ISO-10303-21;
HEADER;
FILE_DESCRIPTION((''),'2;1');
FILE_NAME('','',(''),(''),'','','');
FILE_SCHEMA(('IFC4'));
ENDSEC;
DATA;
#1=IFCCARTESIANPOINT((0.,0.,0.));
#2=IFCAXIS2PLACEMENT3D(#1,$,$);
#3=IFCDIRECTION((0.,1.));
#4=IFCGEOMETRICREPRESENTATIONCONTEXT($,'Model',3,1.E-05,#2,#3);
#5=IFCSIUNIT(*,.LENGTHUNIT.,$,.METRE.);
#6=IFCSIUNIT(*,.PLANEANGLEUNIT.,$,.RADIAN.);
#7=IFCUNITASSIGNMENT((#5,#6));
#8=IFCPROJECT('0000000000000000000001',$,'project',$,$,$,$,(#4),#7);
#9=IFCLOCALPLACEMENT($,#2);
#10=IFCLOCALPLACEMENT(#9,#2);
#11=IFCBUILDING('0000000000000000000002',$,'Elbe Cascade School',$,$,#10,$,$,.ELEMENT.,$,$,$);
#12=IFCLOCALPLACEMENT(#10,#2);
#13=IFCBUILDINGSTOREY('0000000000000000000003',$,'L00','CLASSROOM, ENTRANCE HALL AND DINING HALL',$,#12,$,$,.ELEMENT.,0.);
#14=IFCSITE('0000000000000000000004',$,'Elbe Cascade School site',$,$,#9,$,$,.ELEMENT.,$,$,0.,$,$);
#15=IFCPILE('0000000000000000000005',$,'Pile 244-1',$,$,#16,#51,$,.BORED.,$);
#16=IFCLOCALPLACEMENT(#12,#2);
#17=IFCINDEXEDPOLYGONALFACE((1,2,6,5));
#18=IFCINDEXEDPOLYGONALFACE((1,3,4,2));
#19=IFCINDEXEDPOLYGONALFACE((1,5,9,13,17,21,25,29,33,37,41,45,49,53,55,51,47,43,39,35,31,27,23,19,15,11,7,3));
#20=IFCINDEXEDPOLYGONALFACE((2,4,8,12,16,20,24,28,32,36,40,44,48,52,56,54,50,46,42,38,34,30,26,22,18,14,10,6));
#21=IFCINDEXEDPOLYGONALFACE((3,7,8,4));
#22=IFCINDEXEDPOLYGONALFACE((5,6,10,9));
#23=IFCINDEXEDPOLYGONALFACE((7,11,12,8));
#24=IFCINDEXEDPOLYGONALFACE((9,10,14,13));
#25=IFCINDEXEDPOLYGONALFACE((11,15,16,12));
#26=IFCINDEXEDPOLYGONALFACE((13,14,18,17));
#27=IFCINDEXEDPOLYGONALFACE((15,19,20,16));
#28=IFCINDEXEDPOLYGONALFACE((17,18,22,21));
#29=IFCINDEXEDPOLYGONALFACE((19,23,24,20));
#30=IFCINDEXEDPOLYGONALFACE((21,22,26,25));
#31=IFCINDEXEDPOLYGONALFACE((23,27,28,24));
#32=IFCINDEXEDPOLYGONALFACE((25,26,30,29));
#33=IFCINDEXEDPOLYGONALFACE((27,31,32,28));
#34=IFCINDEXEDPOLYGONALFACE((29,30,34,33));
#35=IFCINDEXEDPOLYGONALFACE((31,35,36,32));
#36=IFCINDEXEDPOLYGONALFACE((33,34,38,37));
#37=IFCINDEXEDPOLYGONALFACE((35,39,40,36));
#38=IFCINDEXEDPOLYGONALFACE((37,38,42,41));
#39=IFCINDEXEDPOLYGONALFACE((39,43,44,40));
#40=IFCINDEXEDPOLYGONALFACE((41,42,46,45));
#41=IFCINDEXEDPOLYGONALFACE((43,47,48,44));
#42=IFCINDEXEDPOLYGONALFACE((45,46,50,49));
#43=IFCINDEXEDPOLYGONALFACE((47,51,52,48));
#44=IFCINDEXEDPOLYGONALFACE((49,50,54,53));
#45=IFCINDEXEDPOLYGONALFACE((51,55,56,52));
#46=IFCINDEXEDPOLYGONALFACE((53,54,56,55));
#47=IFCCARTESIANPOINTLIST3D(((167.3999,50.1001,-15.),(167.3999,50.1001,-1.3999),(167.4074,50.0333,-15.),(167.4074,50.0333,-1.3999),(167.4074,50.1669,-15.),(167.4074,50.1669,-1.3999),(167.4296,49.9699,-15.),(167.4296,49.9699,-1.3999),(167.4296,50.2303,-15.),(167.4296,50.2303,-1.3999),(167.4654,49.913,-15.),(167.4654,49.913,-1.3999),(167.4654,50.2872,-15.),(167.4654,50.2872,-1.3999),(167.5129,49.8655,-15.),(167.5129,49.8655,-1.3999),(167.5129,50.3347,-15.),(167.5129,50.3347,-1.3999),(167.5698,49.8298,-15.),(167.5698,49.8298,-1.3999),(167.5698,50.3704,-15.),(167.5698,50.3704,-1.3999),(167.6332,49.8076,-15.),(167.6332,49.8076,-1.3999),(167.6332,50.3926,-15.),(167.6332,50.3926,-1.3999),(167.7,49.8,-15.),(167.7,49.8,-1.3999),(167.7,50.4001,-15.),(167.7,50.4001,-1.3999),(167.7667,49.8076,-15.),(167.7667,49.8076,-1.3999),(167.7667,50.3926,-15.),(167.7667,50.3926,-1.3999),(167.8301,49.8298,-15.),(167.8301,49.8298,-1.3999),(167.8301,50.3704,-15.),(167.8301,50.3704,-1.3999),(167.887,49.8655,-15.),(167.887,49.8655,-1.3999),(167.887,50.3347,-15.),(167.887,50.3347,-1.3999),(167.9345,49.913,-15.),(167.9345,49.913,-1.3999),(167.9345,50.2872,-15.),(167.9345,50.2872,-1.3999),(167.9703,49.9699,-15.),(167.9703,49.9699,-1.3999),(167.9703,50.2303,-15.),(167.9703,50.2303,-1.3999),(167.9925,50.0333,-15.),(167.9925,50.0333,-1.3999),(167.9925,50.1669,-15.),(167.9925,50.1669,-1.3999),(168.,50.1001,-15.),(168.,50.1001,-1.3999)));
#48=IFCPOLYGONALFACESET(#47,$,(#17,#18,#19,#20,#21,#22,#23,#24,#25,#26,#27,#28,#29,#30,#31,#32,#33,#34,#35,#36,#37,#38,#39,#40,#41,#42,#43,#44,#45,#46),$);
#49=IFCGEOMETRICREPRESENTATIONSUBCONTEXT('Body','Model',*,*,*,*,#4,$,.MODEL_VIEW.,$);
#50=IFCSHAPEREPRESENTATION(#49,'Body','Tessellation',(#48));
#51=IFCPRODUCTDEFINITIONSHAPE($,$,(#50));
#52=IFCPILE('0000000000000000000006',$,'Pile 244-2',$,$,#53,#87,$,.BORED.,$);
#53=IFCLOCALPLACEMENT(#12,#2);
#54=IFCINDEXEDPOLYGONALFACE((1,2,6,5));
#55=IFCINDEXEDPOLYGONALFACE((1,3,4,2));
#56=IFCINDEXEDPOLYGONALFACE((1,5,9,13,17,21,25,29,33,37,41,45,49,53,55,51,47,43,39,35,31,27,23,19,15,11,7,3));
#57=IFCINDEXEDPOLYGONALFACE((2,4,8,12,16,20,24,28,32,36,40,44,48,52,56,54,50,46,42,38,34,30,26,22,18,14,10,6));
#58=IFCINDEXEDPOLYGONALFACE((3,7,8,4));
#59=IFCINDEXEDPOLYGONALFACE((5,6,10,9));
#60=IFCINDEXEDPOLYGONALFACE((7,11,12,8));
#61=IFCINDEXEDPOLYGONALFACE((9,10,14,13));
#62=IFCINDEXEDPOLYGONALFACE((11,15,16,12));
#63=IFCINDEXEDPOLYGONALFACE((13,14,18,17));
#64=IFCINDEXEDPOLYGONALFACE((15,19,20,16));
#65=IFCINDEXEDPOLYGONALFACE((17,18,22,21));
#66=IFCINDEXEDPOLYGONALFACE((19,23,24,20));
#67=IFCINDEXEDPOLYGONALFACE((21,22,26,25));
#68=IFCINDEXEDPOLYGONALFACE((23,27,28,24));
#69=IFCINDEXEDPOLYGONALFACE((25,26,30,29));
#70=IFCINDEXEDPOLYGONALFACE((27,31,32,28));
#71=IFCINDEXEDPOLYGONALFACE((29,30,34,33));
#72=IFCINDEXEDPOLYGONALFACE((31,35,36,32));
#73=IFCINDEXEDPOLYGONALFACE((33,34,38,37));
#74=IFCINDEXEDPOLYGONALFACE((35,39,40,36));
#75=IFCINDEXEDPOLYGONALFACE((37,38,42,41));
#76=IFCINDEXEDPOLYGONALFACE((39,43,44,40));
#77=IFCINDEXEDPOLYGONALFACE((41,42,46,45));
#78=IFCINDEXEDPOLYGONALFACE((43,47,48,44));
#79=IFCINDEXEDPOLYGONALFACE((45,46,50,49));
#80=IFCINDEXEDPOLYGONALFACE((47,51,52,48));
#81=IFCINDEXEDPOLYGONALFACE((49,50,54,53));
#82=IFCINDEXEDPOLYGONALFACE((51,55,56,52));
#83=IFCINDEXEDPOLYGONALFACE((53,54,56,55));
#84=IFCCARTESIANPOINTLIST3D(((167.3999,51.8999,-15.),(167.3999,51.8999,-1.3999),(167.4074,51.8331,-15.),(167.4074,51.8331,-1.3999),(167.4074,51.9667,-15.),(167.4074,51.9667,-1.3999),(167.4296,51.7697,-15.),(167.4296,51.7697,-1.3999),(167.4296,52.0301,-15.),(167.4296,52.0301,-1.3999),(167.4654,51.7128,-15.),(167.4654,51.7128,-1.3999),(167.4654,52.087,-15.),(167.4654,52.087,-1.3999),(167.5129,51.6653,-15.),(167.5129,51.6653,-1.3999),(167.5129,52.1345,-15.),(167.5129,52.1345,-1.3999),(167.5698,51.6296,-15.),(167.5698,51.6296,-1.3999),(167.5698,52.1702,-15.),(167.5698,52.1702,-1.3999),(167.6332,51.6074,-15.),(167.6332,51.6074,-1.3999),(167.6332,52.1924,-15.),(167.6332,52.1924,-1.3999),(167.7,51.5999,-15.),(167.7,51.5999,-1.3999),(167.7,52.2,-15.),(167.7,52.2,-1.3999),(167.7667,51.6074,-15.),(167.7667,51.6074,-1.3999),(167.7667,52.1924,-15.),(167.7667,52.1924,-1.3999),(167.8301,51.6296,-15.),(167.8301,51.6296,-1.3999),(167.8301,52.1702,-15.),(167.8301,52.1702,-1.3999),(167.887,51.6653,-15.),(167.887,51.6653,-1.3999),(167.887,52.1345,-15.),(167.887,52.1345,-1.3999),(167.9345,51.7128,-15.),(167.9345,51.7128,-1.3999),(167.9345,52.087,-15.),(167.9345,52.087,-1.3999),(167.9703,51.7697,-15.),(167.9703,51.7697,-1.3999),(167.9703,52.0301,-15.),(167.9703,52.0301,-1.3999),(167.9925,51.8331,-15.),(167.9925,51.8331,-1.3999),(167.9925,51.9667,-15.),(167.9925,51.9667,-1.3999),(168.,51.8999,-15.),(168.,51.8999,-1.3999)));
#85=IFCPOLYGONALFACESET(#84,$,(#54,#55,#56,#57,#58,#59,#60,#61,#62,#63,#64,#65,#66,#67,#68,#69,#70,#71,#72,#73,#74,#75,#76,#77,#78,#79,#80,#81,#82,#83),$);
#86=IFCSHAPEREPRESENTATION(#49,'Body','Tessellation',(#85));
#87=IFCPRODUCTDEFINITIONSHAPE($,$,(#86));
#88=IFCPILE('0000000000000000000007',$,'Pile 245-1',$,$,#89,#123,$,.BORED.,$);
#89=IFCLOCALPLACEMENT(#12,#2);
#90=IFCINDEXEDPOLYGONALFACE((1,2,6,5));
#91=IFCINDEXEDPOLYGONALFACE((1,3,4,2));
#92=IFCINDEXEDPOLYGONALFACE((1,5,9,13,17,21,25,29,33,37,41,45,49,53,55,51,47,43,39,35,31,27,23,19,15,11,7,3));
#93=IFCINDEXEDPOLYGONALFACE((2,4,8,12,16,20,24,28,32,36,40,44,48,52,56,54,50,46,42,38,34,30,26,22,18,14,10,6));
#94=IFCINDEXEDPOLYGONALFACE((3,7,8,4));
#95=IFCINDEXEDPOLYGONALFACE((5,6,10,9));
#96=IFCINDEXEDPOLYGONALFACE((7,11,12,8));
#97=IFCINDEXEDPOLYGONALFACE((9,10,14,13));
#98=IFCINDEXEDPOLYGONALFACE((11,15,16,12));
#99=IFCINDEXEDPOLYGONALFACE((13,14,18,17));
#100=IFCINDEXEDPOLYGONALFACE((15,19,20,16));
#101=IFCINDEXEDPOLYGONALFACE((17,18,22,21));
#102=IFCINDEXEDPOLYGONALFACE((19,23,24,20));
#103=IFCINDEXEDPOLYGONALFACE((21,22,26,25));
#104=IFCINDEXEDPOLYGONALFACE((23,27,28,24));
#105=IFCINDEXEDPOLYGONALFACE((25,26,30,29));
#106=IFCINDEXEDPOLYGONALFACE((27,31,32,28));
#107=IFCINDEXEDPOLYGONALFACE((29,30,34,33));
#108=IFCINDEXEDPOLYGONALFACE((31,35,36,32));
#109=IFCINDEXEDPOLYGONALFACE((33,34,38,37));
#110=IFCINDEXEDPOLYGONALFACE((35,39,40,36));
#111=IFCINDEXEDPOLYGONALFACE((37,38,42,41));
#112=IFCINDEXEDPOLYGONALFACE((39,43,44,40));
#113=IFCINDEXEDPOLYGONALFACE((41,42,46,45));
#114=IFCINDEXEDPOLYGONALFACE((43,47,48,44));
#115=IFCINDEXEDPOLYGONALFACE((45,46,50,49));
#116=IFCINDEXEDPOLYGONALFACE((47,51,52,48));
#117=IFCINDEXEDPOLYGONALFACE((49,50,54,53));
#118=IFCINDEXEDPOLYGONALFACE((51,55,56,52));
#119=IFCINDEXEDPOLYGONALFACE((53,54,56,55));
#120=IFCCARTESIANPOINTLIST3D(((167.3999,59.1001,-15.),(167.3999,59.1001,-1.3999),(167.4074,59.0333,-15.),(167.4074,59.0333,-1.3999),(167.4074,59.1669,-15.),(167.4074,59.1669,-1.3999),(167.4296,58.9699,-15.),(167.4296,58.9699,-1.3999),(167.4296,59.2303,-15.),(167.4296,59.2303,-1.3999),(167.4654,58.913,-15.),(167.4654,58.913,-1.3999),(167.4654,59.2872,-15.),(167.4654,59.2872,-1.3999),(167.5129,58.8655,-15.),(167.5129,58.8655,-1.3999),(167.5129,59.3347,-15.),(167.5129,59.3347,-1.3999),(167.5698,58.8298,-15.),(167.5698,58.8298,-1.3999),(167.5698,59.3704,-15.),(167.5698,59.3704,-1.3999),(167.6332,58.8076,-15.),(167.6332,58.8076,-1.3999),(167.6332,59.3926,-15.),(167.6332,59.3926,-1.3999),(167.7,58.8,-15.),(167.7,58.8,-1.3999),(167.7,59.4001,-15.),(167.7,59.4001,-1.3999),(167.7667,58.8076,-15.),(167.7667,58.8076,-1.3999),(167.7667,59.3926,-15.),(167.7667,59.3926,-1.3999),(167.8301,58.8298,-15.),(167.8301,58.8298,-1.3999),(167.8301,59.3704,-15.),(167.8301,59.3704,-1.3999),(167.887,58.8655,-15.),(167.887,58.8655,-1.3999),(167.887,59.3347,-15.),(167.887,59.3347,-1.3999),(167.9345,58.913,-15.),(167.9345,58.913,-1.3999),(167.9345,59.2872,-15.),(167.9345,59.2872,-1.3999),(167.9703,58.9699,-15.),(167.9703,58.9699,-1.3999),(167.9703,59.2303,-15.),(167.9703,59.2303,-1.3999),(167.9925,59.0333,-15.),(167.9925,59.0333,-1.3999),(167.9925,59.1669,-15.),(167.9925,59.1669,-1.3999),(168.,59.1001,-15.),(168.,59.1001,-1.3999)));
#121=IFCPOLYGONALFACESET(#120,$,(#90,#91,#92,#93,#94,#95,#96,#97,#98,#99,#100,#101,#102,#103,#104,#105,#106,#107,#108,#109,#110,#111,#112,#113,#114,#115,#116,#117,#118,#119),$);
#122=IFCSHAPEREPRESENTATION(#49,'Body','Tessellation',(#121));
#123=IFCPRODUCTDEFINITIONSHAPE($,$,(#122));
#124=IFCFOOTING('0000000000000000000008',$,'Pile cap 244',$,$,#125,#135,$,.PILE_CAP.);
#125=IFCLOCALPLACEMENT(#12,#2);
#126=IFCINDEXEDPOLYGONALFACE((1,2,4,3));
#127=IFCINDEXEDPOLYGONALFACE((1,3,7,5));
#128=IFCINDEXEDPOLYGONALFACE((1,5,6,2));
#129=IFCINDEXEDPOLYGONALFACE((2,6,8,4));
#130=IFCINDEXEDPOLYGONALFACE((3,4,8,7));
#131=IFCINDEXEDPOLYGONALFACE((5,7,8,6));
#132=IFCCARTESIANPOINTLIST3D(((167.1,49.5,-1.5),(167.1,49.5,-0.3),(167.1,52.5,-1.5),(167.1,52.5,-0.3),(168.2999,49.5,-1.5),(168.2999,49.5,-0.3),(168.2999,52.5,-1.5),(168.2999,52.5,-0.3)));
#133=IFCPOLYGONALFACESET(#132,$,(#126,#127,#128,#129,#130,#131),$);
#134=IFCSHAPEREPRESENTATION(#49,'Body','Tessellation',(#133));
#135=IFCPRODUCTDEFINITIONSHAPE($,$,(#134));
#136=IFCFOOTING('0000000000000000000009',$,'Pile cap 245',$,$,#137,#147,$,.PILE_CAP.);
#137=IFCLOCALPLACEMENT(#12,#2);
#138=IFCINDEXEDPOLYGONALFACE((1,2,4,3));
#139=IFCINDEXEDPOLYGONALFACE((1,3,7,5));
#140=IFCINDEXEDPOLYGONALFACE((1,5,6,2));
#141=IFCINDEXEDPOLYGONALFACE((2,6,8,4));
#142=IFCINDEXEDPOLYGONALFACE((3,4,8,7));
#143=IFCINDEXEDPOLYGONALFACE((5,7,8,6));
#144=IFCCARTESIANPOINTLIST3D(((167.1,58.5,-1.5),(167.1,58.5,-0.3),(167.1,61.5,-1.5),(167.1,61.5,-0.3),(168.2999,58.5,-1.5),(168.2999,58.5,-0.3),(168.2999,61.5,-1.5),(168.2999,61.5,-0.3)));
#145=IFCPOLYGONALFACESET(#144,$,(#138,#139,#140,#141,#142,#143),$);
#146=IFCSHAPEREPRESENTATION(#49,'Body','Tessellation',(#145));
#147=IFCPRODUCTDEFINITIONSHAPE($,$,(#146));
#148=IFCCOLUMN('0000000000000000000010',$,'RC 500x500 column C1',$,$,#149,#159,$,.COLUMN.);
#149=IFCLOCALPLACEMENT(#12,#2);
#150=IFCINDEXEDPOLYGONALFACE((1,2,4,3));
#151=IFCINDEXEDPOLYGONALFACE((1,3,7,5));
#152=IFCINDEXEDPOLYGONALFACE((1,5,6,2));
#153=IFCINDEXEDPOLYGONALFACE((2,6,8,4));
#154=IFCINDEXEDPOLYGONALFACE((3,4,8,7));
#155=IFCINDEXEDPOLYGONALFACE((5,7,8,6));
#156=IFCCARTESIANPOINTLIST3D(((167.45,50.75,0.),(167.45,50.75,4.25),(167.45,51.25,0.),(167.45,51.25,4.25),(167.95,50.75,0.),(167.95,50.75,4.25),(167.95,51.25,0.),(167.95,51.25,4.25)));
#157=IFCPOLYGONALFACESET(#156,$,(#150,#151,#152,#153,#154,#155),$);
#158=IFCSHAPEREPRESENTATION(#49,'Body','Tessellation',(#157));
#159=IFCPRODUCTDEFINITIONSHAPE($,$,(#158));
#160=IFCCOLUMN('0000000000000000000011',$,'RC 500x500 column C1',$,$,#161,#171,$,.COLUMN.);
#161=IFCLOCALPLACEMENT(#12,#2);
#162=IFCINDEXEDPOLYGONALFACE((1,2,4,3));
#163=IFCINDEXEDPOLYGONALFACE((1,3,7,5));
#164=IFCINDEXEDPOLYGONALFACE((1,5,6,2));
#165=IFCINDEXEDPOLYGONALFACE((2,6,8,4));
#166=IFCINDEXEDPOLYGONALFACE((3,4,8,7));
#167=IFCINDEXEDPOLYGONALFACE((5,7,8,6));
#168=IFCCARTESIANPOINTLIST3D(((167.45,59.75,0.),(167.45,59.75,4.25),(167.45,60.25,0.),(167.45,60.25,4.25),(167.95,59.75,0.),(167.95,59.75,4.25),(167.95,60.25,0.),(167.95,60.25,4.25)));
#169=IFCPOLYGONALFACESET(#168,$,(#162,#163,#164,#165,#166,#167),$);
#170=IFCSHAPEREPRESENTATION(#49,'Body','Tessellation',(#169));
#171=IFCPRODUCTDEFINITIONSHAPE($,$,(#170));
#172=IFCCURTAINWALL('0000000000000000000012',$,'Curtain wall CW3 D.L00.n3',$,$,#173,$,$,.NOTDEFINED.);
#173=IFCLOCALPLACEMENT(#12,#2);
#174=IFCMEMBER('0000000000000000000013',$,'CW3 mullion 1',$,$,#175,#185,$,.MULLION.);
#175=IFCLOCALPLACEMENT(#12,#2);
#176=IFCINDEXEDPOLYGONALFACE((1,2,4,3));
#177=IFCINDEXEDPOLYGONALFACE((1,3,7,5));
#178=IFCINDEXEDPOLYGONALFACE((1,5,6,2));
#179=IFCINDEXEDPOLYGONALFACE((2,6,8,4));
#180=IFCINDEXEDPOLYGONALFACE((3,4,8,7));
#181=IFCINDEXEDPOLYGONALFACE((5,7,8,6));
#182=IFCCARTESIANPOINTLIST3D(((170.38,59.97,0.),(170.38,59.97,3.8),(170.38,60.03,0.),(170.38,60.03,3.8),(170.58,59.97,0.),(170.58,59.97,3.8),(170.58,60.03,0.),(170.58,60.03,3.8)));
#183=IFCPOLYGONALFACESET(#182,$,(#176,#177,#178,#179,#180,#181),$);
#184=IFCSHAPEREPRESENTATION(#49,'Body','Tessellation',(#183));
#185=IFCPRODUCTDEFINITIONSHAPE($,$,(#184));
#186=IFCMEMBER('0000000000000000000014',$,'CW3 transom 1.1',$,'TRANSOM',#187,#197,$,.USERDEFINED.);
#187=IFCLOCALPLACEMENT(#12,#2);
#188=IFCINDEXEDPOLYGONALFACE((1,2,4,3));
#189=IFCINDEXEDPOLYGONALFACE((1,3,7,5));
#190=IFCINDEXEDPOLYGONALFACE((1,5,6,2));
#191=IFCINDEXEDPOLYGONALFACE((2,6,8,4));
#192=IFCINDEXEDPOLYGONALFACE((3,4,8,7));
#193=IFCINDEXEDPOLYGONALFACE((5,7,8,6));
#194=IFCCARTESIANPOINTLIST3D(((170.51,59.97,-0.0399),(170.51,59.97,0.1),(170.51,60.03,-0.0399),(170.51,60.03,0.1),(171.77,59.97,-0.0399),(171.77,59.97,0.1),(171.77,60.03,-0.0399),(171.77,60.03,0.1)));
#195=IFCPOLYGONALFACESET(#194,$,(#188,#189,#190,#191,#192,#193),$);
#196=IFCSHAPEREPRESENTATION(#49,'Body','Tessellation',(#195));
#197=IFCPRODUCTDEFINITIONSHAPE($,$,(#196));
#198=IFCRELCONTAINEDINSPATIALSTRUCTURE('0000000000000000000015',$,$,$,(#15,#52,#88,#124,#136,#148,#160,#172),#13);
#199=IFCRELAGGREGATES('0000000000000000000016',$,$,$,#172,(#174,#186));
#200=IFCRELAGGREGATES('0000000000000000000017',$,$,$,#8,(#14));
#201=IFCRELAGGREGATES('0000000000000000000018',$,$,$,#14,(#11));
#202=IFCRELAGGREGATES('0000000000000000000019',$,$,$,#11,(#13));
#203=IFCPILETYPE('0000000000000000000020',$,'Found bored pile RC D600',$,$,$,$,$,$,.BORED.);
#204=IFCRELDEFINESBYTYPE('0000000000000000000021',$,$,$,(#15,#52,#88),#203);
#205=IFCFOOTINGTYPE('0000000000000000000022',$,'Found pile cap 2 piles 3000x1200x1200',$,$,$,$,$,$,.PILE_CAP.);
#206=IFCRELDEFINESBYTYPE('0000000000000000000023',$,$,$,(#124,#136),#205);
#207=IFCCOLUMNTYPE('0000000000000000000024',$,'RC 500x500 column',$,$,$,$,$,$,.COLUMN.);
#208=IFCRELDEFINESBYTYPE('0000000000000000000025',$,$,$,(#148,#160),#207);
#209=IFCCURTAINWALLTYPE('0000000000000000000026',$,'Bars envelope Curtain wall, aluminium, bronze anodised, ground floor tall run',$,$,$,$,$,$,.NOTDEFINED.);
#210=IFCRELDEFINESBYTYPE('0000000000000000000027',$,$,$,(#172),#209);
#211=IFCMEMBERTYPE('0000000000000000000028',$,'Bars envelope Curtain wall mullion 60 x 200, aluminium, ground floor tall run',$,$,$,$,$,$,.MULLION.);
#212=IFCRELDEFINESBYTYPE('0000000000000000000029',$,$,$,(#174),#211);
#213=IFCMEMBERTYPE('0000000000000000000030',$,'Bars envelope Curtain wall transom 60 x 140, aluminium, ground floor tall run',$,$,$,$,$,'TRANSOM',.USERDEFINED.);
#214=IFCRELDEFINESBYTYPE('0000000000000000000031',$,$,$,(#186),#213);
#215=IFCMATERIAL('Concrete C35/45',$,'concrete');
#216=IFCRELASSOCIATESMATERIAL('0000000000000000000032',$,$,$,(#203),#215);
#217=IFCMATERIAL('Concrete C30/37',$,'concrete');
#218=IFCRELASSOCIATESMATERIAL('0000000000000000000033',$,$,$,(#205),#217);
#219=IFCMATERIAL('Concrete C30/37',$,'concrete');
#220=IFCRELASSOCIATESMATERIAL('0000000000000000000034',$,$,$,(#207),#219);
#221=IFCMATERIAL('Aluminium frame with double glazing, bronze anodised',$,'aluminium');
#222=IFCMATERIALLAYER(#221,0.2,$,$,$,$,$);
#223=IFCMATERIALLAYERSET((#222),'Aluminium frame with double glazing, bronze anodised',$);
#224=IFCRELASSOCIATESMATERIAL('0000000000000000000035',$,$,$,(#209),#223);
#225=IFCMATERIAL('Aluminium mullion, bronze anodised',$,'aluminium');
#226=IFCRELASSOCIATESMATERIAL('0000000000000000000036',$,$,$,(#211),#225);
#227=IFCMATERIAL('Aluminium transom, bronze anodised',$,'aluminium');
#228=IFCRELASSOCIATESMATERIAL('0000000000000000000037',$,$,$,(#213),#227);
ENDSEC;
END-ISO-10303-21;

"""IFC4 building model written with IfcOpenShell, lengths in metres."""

from ifc_helpers import new_model, si_unit, direction, frame, origin, origin_2d, place, context, subcontext, project, spatial, rectangle, circle, extrude, material, layer, layer_set, material_profile, profile_set, type_object, element, aggregate, save


model = new_model("IFC4")

# Units and contexts
model_context = context("Model", 3, precision=1e-05, world=origin(), true_north=direction((0.0, 1.0)))
body_context = subcontext(model_context, "Body", "Model", "MODEL_VIEW")
ifc_project = project(units=[si_unit("LENGTHUNIT", "METRE"), si_unit("PLANEANGLEUNIT", "RADIAN")], contexts=[model_context])

# Site, building, storey
site_placement = place(None, origin())
site = spatial("IfcSite", under=ifc_project, at=site_placement, Name="Elbe Cascade School site", CompositionType="ELEMENT", RefElevation=0.0)
building_placement = place(site_placement, origin())
building = spatial("IfcBuilding", under=site, at=building_placement, Name="Elbe Cascade School", CompositionType="ELEMENT")
storey_placement = place(building_placement, origin())
storey = spatial("IfcBuildingStorey", under=building, at=storey_placement, Name="L00", Description="CLASSROOM, ENTRANCE HALL AND DINING HALL", CompositionType="ELEMENT", Elevation=0.0)

# Piles
ifc_material_1 = material(Name="Concrete C35/45", Category="concrete")
ifc_material_profile_1 = material_profile(ifc_material_1, circle(Radius=0.3, at=origin_2d()), Name="RC D600")
ifc_profile_set_1 = profile_set([ifc_material_profile_1], Name="Concrete C35/45")
pile_type = type_object("IfcPileType", Name="Found bored pile RC D600", PredefinedType="BORED", material=ifc_profile_set_1)
for number, where, z_axis, x_axis, name in (
    (1, (167.7, 50.1001, -1.3999), (0.0, 0.0, -1.0), (1.0, 0.0, 0.0), "Pile 244-1"),
    (2, (167.7, 51.8999, -1.3999), (0.0, 0.0, -1.0), (1.0, 0.0, 0.0), "Pile 244-2"),
    (3, (167.7, 59.1001, -1.3999), (0.0, 0.0, -1.0), (1.0, 0.0, 0.0), "Pile 245-1"),
):
    element("IfcPile", number, at=place(storey_placement, frame(where, z_axis=z_axis, x_axis=x_axis)), inside=storey, type_object=pile_type, Name=name, PredefinedType="BORED", context=body_context, shape_type="SweptSolid", body=[
        extrude(circle(Radius=0.3, at=origin_2d()), origin(), (0.0, 0.0, 1.0), 13.6001),
    ])

# Footings
ifc_material_2 = material(Name="Concrete C30/37", Category="concrete")
footing_type = type_object("IfcFootingType", Name="Found pile cap 2 piles 3000x1200x1200", PredefinedType="PILE_CAP", material=ifc_material_2)
for number, where, z_axis, x_axis, name in (
    (4, (167.7, 51.0, -1.5), (0.0, 0.0, 1.0), (1.0, 0.0, 0.0), "Pile cap 244"),
    (5, (167.7, 60.0, -1.5), (0.0, 0.0, 1.0), (1.0, 0.0, 0.0), "Pile cap 245"),
):
    element("IfcFooting", number, at=place(storey_placement, frame(where, z_axis=z_axis, x_axis=x_axis)), inside=storey, type_object=footing_type, Name=name, PredefinedType="PILE_CAP", context=body_context, shape_type="SweptSolid", body=[
        extrude(rectangle(XDim=1.2, YDim=3.0, at=origin_2d()), origin(), (0.0, 0.0, 1.0), 1.2),
    ])

# Columns
ifc_material_3 = material(Name="Concrete C30/37", Category="concrete")
ifc_material_profile_2 = material_profile(ifc_material_3, rectangle(XDim=0.5, YDim=0.5, at=origin_2d()), Name="RC 500x500")
ifc_profile_set_2 = profile_set([ifc_material_profile_2], Name="Concrete C30/37")
column_type = type_object("IfcColumnType", Name="RC 500x500 column", PredefinedType="COLUMN", material=ifc_profile_set_2)
for number, where, z_axis, x_axis, name in (
    (6, (167.7, 51.0, 0.0), (0.0, 0.0, 1.0), (1.0, 0.0, 0.0), "RC 500x500 column C1"),
    (7, (167.7, 60.0, 0.0), (0.0, 0.0, 1.0), (1.0, 0.0, 0.0), "RC 500x500 column C1"),
):
    element("IfcColumn", number, at=place(storey_placement, frame(where, z_axis=z_axis, x_axis=x_axis)), inside=storey, type_object=column_type, Name=name, PredefinedType="COLUMN", context=body_context, shape_type="SweptSolid", body=[
        extrude(rectangle(XDim=0.5, YDim=0.5, at=origin_2d()), origin(), (0.0, 0.0, 1.0), 4.25),
    ])

# Curtain wall, members
ifc_material_4 = material(Name="Aluminium frame with double glazing, bronze anodised", Category="aluminium")
ifc_layer_1 = layer(ifc_material_4, 0.2)
ifc_layer_set_1 = layer_set([ifc_layer_1], Name="Aluminium frame with double glazing, bronze anodised")
curtain_wall_type = type_object("IfcCurtainWallType", Name="Bars envelope Curtain wall, aluminium, bronze anodised, ground floor tall run", PredefinedType="NOTDEFINED", material=ifc_layer_set_1)
curtain_wall_placement = place(storey_placement, origin())
curtain_wall = element("IfcCurtainWall", 8, at=curtain_wall_placement, inside=storey, type_object=curtain_wall_type, Name="Curtain wall CW3 D.L00.n3", PredefinedType="NOTDEFINED")
ifc_material_5 = material(Name="Aluminium mullion, bronze anodised", Category="aluminium")
ifc_material_profile_3 = material_profile(ifc_material_5, rectangle(XDim=0.0601, YDim=0.2, at=origin_2d()), Name="Bars envelope Curtain wall mullion 60 x 200, aluminium, ground floor tall run")
ifc_profile_set_3 = profile_set([ifc_material_profile_3], Name="Aluminium mullion, bronze anodised")
member_type_1 = type_object("IfcMemberType", Name="Bars envelope Curtain wall mullion 60 x 200, aluminium, ground floor tall run", PredefinedType="MULLION", material=ifc_profile_set_3)
member_1_placement = place(storey_placement, frame((170.48, 60.0, 0.0), z_axis=(0.0, 0.0, 1.0), x_axis=(0.0, 1.0, 0.0)))
member_1 = element("IfcMember", 9, at=member_1_placement, type_object=member_type_1, Name="CW3 mullion 1", PredefinedType="MULLION", context=body_context, shape_type="SweptSolid", body=[
    extrude(rectangle(XDim=0.0601, YDim=0.2, at=origin_2d()), origin(), (0.0, 0.0, 1.0), 3.8),
])
ifc_material_6 = material(Name="Aluminium transom, bronze anodised", Category="aluminium")
ifc_material_profile_4 = material_profile(ifc_material_6, rectangle(XDim=0.0601, YDim=0.1399, at=origin_2d()), Name="Bars envelope Curtain wall transom 60 x 140, aluminium, ground floor tall run")
ifc_profile_set_4 = profile_set([ifc_material_profile_4], Name="Aluminium transom, bronze anodised")
member_type_2 = type_object("IfcMemberType", Name="Bars envelope Curtain wall transom 60 x 140, aluminium, ground floor tall run", ElementType="TRANSOM", PredefinedType="USERDEFINED", material=ifc_profile_set_4)
member_2_placement = place(storey_placement, frame((170.51, 60.0, 0.03), z_axis=(1.0, 0.0, 0.0), x_axis=(0.0, 1.0, 0.0)))
member_2 = element("IfcMember", 10, at=member_2_placement, type_object=member_type_2, Name="CW3 transom 1.1", ObjectType="TRANSOM", PredefinedType="USERDEFINED", context=body_context, shape_type="SweptSolid", body=[
    extrude(rectangle(XDim=0.0601, YDim=0.1399, at=origin_2d()), origin(), (0.0, 0.0, 1.0), 1.26),
])
aggregate(curtain_wall, [member_1, member_2])

save(model, "model.ifc")
